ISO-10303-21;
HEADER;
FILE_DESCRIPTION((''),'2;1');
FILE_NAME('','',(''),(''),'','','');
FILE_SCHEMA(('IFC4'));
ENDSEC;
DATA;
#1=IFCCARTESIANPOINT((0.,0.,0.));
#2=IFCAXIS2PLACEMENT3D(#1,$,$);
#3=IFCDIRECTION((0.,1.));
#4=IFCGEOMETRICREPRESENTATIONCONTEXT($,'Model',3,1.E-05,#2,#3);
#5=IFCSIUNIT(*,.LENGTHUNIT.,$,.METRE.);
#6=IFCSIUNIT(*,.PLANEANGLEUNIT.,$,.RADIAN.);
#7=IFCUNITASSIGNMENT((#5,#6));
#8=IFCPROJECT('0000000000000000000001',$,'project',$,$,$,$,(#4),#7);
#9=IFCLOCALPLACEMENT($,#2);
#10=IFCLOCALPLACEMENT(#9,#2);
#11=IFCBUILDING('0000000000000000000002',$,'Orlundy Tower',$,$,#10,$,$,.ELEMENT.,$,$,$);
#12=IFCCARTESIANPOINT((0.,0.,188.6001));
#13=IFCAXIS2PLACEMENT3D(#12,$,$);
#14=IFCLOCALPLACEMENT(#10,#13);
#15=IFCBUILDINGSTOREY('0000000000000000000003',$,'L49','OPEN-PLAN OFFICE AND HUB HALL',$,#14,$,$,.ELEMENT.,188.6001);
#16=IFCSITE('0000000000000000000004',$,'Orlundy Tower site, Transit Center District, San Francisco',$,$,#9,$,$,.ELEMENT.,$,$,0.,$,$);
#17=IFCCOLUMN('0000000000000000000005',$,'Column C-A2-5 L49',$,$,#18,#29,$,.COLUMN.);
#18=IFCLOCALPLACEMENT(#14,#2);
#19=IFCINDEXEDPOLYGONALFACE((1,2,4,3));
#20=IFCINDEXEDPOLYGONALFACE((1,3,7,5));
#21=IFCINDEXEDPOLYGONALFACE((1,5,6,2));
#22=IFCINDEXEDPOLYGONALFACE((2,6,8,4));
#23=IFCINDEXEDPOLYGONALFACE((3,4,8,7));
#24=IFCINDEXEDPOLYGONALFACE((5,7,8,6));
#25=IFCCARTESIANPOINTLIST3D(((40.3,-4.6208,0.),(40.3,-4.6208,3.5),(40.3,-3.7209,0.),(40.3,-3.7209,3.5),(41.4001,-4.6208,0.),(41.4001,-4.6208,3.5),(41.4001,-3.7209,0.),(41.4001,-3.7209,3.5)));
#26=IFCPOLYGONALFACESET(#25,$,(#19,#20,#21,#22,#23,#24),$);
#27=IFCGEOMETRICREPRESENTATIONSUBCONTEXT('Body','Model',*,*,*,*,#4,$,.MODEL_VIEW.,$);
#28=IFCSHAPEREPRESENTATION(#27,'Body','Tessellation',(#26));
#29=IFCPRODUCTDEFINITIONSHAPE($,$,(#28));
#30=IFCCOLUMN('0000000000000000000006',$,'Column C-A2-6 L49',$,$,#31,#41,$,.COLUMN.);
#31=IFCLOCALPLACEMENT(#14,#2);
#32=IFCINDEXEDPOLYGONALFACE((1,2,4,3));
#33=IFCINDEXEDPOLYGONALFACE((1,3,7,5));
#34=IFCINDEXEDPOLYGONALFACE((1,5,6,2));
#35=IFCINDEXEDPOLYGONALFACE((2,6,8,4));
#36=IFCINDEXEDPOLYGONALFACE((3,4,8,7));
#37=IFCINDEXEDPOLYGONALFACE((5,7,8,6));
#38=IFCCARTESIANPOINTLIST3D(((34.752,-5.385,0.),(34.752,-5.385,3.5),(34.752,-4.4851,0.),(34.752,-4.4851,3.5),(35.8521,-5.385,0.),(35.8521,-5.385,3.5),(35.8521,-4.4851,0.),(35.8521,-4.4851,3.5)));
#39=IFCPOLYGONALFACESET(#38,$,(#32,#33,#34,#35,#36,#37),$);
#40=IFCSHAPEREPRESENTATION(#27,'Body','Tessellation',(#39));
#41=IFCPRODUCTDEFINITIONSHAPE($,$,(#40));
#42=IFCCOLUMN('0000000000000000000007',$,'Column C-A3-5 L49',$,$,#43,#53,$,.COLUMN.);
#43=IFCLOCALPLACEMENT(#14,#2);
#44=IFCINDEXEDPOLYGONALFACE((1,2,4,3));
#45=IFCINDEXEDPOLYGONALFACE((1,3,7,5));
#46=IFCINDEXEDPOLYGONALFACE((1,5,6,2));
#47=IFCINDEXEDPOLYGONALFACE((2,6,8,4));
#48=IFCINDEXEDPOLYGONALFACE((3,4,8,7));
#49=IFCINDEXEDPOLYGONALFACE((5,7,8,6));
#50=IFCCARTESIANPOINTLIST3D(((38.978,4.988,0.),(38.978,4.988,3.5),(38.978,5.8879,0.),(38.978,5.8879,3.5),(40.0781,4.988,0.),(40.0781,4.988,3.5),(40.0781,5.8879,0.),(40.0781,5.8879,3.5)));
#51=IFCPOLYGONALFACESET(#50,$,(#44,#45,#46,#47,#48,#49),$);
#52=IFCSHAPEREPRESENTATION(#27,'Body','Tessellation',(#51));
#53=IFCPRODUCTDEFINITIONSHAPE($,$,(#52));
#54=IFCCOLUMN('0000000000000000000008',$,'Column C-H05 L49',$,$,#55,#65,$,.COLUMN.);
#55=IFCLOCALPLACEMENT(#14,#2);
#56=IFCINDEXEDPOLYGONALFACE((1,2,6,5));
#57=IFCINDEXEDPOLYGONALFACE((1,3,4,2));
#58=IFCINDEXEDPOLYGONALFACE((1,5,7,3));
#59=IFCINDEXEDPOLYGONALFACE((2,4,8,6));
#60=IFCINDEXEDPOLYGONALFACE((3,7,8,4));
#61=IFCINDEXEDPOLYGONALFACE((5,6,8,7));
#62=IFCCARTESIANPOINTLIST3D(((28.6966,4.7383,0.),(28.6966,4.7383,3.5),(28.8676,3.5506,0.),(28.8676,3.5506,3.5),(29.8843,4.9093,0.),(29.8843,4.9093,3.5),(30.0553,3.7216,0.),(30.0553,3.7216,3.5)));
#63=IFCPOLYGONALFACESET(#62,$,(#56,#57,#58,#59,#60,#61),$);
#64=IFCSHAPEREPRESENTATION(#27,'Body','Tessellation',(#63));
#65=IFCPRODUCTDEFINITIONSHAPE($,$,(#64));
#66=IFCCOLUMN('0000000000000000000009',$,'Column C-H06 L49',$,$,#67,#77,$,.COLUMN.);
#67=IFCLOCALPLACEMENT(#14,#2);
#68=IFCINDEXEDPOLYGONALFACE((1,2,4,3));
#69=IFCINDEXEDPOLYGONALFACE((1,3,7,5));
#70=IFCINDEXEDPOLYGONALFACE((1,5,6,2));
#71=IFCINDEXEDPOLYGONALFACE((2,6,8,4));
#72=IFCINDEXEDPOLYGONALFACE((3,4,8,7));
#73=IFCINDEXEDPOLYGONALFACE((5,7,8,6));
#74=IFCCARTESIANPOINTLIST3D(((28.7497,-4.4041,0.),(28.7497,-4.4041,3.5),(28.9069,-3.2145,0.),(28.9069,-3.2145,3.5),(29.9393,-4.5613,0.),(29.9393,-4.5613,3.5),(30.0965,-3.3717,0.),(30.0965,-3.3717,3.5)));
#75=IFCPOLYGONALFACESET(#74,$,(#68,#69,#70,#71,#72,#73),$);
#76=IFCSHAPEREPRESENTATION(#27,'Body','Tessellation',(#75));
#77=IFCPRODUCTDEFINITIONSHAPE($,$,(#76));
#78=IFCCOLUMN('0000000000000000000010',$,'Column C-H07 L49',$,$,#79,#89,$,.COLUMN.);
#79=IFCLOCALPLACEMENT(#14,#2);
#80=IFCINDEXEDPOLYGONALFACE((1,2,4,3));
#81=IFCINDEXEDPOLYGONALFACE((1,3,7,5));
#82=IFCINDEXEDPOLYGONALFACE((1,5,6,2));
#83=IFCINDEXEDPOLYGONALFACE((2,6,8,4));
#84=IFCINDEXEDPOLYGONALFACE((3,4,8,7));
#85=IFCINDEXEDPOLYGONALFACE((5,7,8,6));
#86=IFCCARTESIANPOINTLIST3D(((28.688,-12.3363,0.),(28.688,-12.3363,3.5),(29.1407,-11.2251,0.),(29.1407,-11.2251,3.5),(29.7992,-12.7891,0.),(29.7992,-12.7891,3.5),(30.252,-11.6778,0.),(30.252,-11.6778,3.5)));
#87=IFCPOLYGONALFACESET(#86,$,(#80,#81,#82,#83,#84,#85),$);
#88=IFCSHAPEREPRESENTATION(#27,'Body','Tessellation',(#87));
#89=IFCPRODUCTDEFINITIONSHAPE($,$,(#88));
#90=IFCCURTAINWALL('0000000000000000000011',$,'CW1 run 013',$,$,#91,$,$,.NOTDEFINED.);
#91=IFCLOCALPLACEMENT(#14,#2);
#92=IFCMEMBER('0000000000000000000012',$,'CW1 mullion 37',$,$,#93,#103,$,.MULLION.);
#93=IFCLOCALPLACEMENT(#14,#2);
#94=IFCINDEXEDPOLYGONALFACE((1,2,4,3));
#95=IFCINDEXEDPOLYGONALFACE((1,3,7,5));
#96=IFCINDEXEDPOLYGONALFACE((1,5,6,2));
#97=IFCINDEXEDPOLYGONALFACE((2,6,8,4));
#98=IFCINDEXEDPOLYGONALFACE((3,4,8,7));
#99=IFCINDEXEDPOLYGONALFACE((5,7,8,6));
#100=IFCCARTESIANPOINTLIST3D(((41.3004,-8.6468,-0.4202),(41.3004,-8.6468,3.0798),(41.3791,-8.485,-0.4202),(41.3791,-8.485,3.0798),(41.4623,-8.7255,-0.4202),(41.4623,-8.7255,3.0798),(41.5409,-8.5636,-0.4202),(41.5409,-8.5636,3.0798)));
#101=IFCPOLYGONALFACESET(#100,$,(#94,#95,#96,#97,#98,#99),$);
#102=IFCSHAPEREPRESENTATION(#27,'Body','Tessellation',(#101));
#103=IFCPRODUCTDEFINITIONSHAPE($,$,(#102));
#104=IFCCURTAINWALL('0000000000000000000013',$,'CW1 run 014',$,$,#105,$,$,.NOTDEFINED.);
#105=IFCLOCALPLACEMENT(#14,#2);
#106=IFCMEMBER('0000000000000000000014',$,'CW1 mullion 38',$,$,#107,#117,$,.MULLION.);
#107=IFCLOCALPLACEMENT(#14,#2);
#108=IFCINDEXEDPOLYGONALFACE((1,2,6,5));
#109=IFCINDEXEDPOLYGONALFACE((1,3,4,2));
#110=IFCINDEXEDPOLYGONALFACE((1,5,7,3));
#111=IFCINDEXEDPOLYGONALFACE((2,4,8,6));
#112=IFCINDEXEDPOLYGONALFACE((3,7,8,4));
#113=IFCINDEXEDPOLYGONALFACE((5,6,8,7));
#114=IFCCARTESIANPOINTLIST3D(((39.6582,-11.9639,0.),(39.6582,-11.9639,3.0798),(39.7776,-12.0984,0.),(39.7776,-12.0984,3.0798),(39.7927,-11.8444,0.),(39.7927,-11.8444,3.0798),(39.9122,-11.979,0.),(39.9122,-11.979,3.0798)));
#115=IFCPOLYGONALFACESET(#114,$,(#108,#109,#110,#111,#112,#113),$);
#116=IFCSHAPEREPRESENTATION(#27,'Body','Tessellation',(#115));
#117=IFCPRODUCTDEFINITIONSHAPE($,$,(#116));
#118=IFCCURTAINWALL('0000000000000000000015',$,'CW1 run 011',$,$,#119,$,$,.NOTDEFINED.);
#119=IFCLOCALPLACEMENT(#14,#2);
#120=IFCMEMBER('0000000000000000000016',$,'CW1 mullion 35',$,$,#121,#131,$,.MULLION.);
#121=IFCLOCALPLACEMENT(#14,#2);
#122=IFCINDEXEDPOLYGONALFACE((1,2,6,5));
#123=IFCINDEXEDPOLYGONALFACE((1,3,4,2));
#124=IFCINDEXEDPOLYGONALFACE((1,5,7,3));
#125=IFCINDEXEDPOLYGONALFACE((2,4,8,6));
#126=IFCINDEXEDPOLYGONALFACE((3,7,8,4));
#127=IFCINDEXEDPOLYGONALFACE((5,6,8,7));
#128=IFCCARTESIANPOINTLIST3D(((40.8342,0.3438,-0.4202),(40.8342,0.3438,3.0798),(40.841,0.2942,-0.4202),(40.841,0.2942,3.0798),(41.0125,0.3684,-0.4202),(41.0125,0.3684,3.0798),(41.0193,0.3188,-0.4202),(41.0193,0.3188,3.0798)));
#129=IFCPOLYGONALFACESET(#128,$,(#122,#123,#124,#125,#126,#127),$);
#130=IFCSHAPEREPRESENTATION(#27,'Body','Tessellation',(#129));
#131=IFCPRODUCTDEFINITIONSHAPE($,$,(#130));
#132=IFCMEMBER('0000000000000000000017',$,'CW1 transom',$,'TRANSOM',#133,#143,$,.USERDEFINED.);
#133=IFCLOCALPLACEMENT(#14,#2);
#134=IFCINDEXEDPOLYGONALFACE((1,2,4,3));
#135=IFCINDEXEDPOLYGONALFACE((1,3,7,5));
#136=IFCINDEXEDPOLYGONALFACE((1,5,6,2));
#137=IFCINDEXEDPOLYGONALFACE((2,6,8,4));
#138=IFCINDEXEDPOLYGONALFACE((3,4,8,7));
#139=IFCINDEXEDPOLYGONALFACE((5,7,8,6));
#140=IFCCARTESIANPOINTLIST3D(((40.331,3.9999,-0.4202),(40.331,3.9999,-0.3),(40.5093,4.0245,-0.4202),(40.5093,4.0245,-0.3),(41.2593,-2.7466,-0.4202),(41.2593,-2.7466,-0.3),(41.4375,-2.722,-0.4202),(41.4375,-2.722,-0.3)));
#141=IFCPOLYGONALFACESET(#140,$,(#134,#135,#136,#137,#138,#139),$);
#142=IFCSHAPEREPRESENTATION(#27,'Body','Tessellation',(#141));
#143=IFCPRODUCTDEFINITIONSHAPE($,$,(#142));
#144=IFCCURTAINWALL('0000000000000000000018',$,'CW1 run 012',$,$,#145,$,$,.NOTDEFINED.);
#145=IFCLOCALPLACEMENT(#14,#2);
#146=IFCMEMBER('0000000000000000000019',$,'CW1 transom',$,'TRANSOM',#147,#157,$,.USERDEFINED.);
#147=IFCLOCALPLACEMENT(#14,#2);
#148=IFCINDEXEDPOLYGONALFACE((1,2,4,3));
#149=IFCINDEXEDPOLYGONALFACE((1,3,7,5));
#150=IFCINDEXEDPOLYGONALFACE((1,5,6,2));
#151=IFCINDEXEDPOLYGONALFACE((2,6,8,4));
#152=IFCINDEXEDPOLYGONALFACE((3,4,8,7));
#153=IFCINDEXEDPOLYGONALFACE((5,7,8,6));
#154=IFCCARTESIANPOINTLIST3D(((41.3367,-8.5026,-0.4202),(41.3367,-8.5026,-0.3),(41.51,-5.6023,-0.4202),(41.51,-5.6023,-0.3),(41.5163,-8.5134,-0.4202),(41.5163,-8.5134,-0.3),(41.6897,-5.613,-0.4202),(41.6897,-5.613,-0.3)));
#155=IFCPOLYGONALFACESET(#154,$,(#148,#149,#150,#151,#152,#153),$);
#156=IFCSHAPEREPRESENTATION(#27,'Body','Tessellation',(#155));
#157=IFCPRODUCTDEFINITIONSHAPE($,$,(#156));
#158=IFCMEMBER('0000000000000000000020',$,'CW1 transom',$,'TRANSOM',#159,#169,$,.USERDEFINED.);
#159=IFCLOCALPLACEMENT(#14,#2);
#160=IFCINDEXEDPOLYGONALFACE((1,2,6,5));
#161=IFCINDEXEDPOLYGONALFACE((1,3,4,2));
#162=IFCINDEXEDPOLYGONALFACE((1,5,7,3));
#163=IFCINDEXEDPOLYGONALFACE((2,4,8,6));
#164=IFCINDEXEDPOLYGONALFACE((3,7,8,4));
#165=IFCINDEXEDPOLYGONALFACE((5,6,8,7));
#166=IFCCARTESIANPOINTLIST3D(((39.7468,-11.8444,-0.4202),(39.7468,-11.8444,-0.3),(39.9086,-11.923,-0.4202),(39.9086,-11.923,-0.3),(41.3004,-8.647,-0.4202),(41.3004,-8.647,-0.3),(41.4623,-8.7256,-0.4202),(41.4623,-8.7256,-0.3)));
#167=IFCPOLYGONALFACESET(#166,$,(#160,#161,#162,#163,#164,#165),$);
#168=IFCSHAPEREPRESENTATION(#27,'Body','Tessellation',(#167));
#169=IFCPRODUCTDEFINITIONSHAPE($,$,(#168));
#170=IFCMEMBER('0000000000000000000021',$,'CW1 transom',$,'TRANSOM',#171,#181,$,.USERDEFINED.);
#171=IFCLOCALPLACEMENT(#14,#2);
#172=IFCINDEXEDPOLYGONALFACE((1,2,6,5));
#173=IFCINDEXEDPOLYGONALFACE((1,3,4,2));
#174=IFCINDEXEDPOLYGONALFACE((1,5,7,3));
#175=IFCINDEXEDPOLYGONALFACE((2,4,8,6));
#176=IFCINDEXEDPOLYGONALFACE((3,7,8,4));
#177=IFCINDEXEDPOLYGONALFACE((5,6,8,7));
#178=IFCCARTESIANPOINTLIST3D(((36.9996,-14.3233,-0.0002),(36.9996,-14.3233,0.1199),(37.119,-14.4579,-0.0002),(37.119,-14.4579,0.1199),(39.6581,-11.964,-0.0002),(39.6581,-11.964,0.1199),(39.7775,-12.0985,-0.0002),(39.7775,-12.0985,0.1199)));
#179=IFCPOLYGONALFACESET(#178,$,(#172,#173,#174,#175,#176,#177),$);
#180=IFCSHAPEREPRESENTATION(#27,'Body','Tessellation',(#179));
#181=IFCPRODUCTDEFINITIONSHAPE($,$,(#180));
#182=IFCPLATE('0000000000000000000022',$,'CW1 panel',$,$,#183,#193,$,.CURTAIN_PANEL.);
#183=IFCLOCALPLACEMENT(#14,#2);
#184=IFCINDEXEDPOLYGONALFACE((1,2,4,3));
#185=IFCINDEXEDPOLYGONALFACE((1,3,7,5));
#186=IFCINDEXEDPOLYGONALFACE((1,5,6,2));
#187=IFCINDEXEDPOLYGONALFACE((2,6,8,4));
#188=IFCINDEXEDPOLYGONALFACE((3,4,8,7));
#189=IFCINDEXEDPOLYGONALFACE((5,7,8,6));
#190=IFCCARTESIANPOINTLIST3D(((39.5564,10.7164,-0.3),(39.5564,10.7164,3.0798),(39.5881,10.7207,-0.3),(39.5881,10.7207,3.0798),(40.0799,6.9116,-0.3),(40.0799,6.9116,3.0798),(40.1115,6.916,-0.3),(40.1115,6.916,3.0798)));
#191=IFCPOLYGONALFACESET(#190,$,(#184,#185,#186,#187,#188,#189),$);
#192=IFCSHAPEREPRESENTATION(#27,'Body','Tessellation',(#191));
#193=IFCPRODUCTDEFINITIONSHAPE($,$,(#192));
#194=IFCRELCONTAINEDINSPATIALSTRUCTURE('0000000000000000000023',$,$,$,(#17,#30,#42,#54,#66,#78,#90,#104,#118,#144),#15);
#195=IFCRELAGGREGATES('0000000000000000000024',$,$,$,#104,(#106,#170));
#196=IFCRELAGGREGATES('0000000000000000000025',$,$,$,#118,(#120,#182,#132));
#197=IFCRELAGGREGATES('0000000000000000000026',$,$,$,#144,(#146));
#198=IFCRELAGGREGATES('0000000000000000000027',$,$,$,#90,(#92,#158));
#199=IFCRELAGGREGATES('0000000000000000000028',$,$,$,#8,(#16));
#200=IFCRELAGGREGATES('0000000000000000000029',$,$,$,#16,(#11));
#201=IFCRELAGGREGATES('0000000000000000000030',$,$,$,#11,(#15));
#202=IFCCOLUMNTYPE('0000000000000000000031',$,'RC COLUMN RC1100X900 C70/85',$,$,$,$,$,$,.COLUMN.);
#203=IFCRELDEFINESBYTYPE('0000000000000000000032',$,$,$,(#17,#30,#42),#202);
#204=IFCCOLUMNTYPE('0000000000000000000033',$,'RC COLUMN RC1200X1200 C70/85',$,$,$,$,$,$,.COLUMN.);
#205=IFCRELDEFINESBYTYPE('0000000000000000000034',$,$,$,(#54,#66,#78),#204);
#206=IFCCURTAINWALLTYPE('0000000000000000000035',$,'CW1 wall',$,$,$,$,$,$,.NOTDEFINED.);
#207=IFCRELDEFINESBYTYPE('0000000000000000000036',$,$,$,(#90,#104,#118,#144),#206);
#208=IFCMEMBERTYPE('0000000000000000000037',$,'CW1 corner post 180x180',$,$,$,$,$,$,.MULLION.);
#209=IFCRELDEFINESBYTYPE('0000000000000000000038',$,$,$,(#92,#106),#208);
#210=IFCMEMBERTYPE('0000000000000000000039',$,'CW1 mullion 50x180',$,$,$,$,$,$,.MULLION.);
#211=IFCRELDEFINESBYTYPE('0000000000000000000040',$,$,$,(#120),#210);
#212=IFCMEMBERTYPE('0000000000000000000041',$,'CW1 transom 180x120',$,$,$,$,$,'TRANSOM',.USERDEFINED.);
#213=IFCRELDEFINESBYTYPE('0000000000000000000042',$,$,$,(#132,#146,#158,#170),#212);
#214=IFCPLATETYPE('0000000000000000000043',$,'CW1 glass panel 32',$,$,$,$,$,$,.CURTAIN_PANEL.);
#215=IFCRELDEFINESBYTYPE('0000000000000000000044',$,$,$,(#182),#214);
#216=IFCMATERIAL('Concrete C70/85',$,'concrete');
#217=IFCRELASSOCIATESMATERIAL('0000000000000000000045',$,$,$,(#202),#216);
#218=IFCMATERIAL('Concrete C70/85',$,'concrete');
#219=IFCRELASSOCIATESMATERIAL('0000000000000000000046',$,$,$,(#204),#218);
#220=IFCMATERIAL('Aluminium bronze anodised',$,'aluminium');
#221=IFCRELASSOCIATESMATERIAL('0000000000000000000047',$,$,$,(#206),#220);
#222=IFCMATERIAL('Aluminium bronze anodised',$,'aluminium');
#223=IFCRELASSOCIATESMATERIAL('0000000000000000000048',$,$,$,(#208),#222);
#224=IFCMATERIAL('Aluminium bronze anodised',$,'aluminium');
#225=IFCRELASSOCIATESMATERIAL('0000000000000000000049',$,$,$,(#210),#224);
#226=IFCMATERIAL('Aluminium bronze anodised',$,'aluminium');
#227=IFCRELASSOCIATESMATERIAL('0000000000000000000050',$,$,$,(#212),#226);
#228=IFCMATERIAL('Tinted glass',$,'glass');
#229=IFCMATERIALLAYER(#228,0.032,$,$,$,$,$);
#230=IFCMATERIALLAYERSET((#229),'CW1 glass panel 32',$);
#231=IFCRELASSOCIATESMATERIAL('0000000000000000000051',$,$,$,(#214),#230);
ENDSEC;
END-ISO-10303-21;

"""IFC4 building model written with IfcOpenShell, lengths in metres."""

from ifc_helpers import new_model, si_unit, direction, frame, origin, origin_2d, place, context, subcontext, project, spatial, rectangle, extrude, material, layer, layer_set, material_profile, profile_set, type_object, element, aggregate, save


model = new_model("IFC4")

# Units and contexts
model_context = context("Model", 3, precision=1e-05, world=origin(), true_north=direction((0.0, 1.0)))
body_context = subcontext(model_context, "Body", "Model", "MODEL_VIEW")
ifc_project = project(units=[si_unit("LENGTHUNIT", "METRE"), si_unit("PLANEANGLEUNIT", "RADIAN")], contexts=[model_context])

# Site, building, storey
site_placement = place(None, origin())
site = spatial("IfcSite", under=ifc_project, at=site_placement, Name="Orlundy Tower site, Transit Center District, San Francisco", CompositionType="ELEMENT", RefElevation=0.0)
building_placement = place(site_placement, origin())
building = spatial("IfcBuilding", under=site, at=building_placement, Name="Orlundy Tower", CompositionType="ELEMENT")
storey_placement = place(building_placement, frame((0.0, 0.0, 188.6001)))
storey = spatial("IfcBuildingStorey", under=building, at=storey_placement, Name="L49", Description="OPEN-PLAN OFFICE AND HUB HALL", CompositionType="ELEMENT", Elevation=188.6001)

# Columns
ifc_material_1 = material(Name="Concrete C70/85", Category="concrete")
ifc_material_profile_1 = material_profile(ifc_material_1, rectangle(XDim=1.1001, YDim=0.8999, at=origin_2d()), Name="RC1100X900")
ifc_profile_set_1 = profile_set([ifc_material_profile_1], Name="Concrete C70/85")
column_type_1 = type_object("IfcColumnType", Name="RC COLUMN RC1100X900 C70/85", PredefinedType="COLUMN", material=ifc_profile_set_1)
for number, where, z_axis, x_axis, name in (
    (1, (40.8501, -4.1709, 0.0), (0.0, 0.0, 1.0), (1.0, 0.0, 0.0), "Column C-A2-5 L49"),
    (2, (35.302, -4.9351, 0.0), (0.0, 0.0, 1.0), (1.0, 0.0, 0.0), "Column C-A2-6 L49"),
    (3, (39.5281, 5.438, 0.0), (0.0, 0.0, 1.0), (1.0, 0.0, 0.0), "Column C-A3-5 L49"),
):
    element("IfcColumn", number, at=place(storey_placement, frame(where, z_axis=z_axis, x_axis=x_axis)), inside=storey, type_object=column_type_1, Name=name, PredefinedType="COLUMN", context=body_context, shape_type="SweptSolid", body=[
        extrude(rectangle(XDim=1.1001, YDim=0.8999, at=origin_2d()), origin(), (0.0, 0.0, 1.0), 3.5),
    ])
ifc_material_2 = material(Name="Concrete C70/85", Category="concrete")
ifc_material_profile_2 = material_profile(ifc_material_2, rectangle(XDim=1.2, YDim=1.2, at=origin_2d()), Name="RC1200X1200")
ifc_profile_set_2 = profile_set([ifc_material_profile_2], Name="Concrete C70/85")
column_type_2 = type_object("IfcColumnType", Name="RC COLUMN RC1200X1200 C70/85", PredefinedType="COLUMN", material=ifc_profile_set_2)
for number, where, z_axis, x_axis, name in (
    (4, (29.376, 4.23, 0.0), (0.0, 0.0, 1.0), (0.989791, 0.142525, 0.0), "Column C-H05 L49"),
    (5, (29.4231, -3.8879, 0.0), (0.0, 0.0, 1.0), (0.991381, -0.131011, 0.0), "Column C-H06 L49"),
    (6, (29.47, -12.0071, 0.0), (0.0, 0.0, 1.0), (0.926081, -0.377324, 0.0), "Column C-H07 L49"),
):
    element("IfcColumn", number, at=place(storey_placement, frame(where, z_axis=z_axis, x_axis=x_axis)), inside=storey, type_object=column_type_2, Name=name, PredefinedType="COLUMN", context=body_context, shape_type="SweptSolid", body=[
        extrude(rectangle(XDim=1.2, YDim=1.2, at=origin_2d()), origin(), (0.0, 0.0, 1.0), 3.5),
    ])

# Curtain walls, members
ifc_material_3 = material(Name="Aluminium bronze anodised", Category="aluminium")
curtain_wall_type = type_object("IfcCurtainWallType", Name="CW1 wall", PredefinedType="NOTDEFINED", material=ifc_material_3)
curtain_wall_1_placement = place(storey_placement, origin())
curtain_wall_1 = element("IfcCurtainWall", 7, at=curtain_wall_1_placement, inside=storey, type_object=curtain_wall_type, Name="CW1 run 013", PredefinedType="NOTDEFINED")
ifc_material_4 = material(Name="Aluminium bronze anodised", Category="aluminium")
ifc_material_profile_3 = material_profile(ifc_material_4, rectangle(XDim=0.1799, YDim=0.1799, at=origin_2d()), Name="CW1 corner post 180x180")
ifc_profile_set_3 = profile_set([ifc_material_profile_3], Name="Aluminium bronze anodised")
member_type_1 = type_object("IfcMemberType", Name="CW1 corner post 180x180", PredefinedType="MULLION", material=ifc_profile_set_3)
member_1_placement = place(storey_placement, frame((41.4207, -8.6052, -0.4202), z_axis=(0.0, 0.0, 1.0), x_axis=(0.899442, -0.437041, 0.0)))
member_1 = element("IfcMember", 8, at=member_1_placement, type_object=member_type_1, Name="CW1 mullion 37", PredefinedType="MULLION", context=body_context, shape_type="SweptSolid", body=[
    extrude(rectangle(XDim=0.1799, YDim=0.1799, at=origin_2d()), origin(), (0.0, 0.0, 1.0), 3.5),
])
curtain_wall_2_placement = place(storey_placement, origin())
curtain_wall_2 = element("IfcCurtainWall", 9, at=curtain_wall_2_placement, inside=storey, type_object=curtain_wall_type, Name="CW1 run 014", PredefinedType="NOTDEFINED")
member_2_placement = place(storey_placement, frame((39.7852, -11.9714, 0.0), z_axis=(0.0, 0.0, 1.0), x_axis=(0.663761, -0.747945, 0.0)))
member_2 = element("IfcMember", 10, at=member_2_placement, type_object=member_type_1, Name="CW1 mullion 38", PredefinedType="MULLION", context=body_context, shape_type="SweptSolid", body=[
    extrude(rectangle(XDim=0.1799, YDim=0.1799, at=origin_2d()), origin(), (0.0, 0.0, 1.0), 3.0798),
])

# Curtain wall, members
curtain_wall_3_placement = place(storey_placement, origin())
curtain_wall_3 = element("IfcCurtainWall", 11, at=curtain_wall_3_placement, inside=storey, type_object=curtain_wall_type, Name="CW1 run 011", PredefinedType="NOTDEFINED")
ifc_material_5 = material(Name="Aluminium bronze anodised", Category="aluminium")
ifc_material_profile_4 = material_profile(ifc_material_5, rectangle(XDim=0.1799, YDim=0.05, at=origin_2d()), Name="CW1 mullion 50x180")
ifc_profile_set_4 = profile_set([ifc_material_profile_4], Name="Aluminium bronze anodised")
member_type_2 = type_object("IfcMemberType", Name="CW1 mullion 50x180", PredefinedType="MULLION", material=ifc_profile_set_4)
member_3_placement = place(storey_placement, frame((40.9268, 0.3313, -0.4202), z_axis=(0.0, 0.0, 1.0), x_axis=(0.99067, 0.136286, 0.0)))
member_3 = element("IfcMember", 12, at=member_3_placement, type_object=member_type_2, Name="CW1 mullion 35", PredefinedType="MULLION", context=body_context, shape_type="SweptSolid", body=[
    extrude(rectangle(XDim=0.1799, YDim=0.05, at=origin_2d()), origin(), (0.0, 0.0, 1.0), 3.5),
])
ifc_material_6 = material(Name="Aluminium bronze anodised", Category="aluminium")
ifc_material_profile_5 = material_profile(ifc_material_6, rectangle(XDim=0.1799, YDim=0.1201, at=origin_2d()), Name="CW1 transom 180x120")
ifc_profile_set_5 = profile_set([ifc_material_profile_5], Name="Aluminium bronze anodised")
member_type_3 = type_object("IfcMemberType", Name="CW1 transom 180x120", ElementType="TRANSOM", PredefinedType="USERDEFINED", material=ifc_profile_set_5)
member_4_placement = place(storey_placement, frame((40.4202, 4.0122, -0.3601), z_axis=(0.1363, -0.990668, 0.0), x_axis=(0.990668, 0.1363, 0.0)))
member_4 = element("IfcMember", 13, at=member_4_placement, type_object=member_type_3, Name="CW1 transom", ObjectType="TRANSOM", PredefinedType="USERDEFINED", context=body_context, shape_type="SweptSolid", body=[
    extrude(rectangle(XDim=0.1799, YDim=0.1201, at=origin_2d()), origin(), (0.0, 0.0, 1.0), 6.8101),
])

# Curtain wall, member
curtain_wall_4_placement = place(storey_placement, origin())
curtain_wall_4 = element("IfcCurtainWall", 14, at=curtain_wall_4_placement, inside=storey, type_object=curtain_wall_type, Name="CW1 run 012", PredefinedType="NOTDEFINED")
member_5_placement = place(storey_placement, frame((41.5999, -5.6077, -0.3601), z_axis=(-0.059658, -0.998219, 0.0), x_axis=(0.998219, -0.059658, 0.0)))
member_5 = element("IfcMember", 15, at=member_5_placement, type_object=member_type_3, Name="CW1 transom", ObjectType="TRANSOM", PredefinedType="USERDEFINED", context=body_context, shape_type="SweptSolid", body=[
    extrude(rectangle(XDim=0.1799, YDim=0.1201, at=origin_2d()), origin(), (0.0, 0.0, 1.0), 2.9055),
])

# Members
member_6_placement = place(storey_placement, frame((41.3813, -8.6863, -0.3601), z_axis=(-0.437048, -0.899438, 0.0), x_axis=(0.899438, -0.437048, 0.0)))
member_6 = element("IfcMember", 16, at=member_6_placement, type_object=member_type_3, Name="CW1 transom", ObjectType="TRANSOM", PredefinedType="USERDEFINED", context=body_context, shape_type="SweptSolid", body=[
    extrude(rectangle(XDim=0.1799, YDim=0.1201, at=origin_2d()), origin(), (0.0, 0.0, 1.0), 3.5549),
])
member_7_placement = place(storey_placement, frame((39.7178, -12.0312, 0.0598), z_axis=(-0.747924, -0.663784, 0.0), x_axis=(0.663784, -0.747924, 0.0)))
member_7 = element("IfcMember", 17, at=member_7_placement, type_object=member_type_3, Name="CW1 transom", ObjectType="TRANSOM", PredefinedType="USERDEFINED", context=body_context, shape_type="SweptSolid", body=[
    extrude(rectangle(XDim=0.1799, YDim=0.1201, at=origin_2d()), origin(), (0.0, 0.0, 1.0), 3.5544),
])
aggregate(curtain_wall_2, [member_2, member_7])

# Plate
ifc_material_7 = material(Name="Tinted glass", Category="glass")
ifc_layer_1 = layer(ifc_material_7, 0.032)
ifc_layer_set_1 = layer_set([ifc_layer_1], Name="CW1 glass panel 32")
plate_type = type_object("IfcPlateType", Name="CW1 glass panel 32", PredefinedType="CURTAIN_PANEL", material=ifc_layer_set_1)
plate_1_placement = place(storey_placement, frame((39.834, 8.8162, -0.3), z_axis=(0.0, 0.0, 1.0), x_axis=(0.136286, -0.99067, 0.0)))
plate_1 = element("IfcPlate", 18, at=plate_1_placement, type_object=plate_type, Name="CW1 panel", PredefinedType="CURTAIN_PANEL", context=body_context, shape_type="SweptSolid", body=[
    extrude(rectangle(XDim=3.8406, YDim=0.032, at=origin_2d()), origin(), (0.0, 0.0, 1.0), 3.3799),
])
aggregate(curtain_wall_3, [member_3, plate_1, member_4])
aggregate(curtain_wall_4, [member_5])
aggregate(curtain_wall_1, [member_1, member_6])

save(model, "model.ifc")
